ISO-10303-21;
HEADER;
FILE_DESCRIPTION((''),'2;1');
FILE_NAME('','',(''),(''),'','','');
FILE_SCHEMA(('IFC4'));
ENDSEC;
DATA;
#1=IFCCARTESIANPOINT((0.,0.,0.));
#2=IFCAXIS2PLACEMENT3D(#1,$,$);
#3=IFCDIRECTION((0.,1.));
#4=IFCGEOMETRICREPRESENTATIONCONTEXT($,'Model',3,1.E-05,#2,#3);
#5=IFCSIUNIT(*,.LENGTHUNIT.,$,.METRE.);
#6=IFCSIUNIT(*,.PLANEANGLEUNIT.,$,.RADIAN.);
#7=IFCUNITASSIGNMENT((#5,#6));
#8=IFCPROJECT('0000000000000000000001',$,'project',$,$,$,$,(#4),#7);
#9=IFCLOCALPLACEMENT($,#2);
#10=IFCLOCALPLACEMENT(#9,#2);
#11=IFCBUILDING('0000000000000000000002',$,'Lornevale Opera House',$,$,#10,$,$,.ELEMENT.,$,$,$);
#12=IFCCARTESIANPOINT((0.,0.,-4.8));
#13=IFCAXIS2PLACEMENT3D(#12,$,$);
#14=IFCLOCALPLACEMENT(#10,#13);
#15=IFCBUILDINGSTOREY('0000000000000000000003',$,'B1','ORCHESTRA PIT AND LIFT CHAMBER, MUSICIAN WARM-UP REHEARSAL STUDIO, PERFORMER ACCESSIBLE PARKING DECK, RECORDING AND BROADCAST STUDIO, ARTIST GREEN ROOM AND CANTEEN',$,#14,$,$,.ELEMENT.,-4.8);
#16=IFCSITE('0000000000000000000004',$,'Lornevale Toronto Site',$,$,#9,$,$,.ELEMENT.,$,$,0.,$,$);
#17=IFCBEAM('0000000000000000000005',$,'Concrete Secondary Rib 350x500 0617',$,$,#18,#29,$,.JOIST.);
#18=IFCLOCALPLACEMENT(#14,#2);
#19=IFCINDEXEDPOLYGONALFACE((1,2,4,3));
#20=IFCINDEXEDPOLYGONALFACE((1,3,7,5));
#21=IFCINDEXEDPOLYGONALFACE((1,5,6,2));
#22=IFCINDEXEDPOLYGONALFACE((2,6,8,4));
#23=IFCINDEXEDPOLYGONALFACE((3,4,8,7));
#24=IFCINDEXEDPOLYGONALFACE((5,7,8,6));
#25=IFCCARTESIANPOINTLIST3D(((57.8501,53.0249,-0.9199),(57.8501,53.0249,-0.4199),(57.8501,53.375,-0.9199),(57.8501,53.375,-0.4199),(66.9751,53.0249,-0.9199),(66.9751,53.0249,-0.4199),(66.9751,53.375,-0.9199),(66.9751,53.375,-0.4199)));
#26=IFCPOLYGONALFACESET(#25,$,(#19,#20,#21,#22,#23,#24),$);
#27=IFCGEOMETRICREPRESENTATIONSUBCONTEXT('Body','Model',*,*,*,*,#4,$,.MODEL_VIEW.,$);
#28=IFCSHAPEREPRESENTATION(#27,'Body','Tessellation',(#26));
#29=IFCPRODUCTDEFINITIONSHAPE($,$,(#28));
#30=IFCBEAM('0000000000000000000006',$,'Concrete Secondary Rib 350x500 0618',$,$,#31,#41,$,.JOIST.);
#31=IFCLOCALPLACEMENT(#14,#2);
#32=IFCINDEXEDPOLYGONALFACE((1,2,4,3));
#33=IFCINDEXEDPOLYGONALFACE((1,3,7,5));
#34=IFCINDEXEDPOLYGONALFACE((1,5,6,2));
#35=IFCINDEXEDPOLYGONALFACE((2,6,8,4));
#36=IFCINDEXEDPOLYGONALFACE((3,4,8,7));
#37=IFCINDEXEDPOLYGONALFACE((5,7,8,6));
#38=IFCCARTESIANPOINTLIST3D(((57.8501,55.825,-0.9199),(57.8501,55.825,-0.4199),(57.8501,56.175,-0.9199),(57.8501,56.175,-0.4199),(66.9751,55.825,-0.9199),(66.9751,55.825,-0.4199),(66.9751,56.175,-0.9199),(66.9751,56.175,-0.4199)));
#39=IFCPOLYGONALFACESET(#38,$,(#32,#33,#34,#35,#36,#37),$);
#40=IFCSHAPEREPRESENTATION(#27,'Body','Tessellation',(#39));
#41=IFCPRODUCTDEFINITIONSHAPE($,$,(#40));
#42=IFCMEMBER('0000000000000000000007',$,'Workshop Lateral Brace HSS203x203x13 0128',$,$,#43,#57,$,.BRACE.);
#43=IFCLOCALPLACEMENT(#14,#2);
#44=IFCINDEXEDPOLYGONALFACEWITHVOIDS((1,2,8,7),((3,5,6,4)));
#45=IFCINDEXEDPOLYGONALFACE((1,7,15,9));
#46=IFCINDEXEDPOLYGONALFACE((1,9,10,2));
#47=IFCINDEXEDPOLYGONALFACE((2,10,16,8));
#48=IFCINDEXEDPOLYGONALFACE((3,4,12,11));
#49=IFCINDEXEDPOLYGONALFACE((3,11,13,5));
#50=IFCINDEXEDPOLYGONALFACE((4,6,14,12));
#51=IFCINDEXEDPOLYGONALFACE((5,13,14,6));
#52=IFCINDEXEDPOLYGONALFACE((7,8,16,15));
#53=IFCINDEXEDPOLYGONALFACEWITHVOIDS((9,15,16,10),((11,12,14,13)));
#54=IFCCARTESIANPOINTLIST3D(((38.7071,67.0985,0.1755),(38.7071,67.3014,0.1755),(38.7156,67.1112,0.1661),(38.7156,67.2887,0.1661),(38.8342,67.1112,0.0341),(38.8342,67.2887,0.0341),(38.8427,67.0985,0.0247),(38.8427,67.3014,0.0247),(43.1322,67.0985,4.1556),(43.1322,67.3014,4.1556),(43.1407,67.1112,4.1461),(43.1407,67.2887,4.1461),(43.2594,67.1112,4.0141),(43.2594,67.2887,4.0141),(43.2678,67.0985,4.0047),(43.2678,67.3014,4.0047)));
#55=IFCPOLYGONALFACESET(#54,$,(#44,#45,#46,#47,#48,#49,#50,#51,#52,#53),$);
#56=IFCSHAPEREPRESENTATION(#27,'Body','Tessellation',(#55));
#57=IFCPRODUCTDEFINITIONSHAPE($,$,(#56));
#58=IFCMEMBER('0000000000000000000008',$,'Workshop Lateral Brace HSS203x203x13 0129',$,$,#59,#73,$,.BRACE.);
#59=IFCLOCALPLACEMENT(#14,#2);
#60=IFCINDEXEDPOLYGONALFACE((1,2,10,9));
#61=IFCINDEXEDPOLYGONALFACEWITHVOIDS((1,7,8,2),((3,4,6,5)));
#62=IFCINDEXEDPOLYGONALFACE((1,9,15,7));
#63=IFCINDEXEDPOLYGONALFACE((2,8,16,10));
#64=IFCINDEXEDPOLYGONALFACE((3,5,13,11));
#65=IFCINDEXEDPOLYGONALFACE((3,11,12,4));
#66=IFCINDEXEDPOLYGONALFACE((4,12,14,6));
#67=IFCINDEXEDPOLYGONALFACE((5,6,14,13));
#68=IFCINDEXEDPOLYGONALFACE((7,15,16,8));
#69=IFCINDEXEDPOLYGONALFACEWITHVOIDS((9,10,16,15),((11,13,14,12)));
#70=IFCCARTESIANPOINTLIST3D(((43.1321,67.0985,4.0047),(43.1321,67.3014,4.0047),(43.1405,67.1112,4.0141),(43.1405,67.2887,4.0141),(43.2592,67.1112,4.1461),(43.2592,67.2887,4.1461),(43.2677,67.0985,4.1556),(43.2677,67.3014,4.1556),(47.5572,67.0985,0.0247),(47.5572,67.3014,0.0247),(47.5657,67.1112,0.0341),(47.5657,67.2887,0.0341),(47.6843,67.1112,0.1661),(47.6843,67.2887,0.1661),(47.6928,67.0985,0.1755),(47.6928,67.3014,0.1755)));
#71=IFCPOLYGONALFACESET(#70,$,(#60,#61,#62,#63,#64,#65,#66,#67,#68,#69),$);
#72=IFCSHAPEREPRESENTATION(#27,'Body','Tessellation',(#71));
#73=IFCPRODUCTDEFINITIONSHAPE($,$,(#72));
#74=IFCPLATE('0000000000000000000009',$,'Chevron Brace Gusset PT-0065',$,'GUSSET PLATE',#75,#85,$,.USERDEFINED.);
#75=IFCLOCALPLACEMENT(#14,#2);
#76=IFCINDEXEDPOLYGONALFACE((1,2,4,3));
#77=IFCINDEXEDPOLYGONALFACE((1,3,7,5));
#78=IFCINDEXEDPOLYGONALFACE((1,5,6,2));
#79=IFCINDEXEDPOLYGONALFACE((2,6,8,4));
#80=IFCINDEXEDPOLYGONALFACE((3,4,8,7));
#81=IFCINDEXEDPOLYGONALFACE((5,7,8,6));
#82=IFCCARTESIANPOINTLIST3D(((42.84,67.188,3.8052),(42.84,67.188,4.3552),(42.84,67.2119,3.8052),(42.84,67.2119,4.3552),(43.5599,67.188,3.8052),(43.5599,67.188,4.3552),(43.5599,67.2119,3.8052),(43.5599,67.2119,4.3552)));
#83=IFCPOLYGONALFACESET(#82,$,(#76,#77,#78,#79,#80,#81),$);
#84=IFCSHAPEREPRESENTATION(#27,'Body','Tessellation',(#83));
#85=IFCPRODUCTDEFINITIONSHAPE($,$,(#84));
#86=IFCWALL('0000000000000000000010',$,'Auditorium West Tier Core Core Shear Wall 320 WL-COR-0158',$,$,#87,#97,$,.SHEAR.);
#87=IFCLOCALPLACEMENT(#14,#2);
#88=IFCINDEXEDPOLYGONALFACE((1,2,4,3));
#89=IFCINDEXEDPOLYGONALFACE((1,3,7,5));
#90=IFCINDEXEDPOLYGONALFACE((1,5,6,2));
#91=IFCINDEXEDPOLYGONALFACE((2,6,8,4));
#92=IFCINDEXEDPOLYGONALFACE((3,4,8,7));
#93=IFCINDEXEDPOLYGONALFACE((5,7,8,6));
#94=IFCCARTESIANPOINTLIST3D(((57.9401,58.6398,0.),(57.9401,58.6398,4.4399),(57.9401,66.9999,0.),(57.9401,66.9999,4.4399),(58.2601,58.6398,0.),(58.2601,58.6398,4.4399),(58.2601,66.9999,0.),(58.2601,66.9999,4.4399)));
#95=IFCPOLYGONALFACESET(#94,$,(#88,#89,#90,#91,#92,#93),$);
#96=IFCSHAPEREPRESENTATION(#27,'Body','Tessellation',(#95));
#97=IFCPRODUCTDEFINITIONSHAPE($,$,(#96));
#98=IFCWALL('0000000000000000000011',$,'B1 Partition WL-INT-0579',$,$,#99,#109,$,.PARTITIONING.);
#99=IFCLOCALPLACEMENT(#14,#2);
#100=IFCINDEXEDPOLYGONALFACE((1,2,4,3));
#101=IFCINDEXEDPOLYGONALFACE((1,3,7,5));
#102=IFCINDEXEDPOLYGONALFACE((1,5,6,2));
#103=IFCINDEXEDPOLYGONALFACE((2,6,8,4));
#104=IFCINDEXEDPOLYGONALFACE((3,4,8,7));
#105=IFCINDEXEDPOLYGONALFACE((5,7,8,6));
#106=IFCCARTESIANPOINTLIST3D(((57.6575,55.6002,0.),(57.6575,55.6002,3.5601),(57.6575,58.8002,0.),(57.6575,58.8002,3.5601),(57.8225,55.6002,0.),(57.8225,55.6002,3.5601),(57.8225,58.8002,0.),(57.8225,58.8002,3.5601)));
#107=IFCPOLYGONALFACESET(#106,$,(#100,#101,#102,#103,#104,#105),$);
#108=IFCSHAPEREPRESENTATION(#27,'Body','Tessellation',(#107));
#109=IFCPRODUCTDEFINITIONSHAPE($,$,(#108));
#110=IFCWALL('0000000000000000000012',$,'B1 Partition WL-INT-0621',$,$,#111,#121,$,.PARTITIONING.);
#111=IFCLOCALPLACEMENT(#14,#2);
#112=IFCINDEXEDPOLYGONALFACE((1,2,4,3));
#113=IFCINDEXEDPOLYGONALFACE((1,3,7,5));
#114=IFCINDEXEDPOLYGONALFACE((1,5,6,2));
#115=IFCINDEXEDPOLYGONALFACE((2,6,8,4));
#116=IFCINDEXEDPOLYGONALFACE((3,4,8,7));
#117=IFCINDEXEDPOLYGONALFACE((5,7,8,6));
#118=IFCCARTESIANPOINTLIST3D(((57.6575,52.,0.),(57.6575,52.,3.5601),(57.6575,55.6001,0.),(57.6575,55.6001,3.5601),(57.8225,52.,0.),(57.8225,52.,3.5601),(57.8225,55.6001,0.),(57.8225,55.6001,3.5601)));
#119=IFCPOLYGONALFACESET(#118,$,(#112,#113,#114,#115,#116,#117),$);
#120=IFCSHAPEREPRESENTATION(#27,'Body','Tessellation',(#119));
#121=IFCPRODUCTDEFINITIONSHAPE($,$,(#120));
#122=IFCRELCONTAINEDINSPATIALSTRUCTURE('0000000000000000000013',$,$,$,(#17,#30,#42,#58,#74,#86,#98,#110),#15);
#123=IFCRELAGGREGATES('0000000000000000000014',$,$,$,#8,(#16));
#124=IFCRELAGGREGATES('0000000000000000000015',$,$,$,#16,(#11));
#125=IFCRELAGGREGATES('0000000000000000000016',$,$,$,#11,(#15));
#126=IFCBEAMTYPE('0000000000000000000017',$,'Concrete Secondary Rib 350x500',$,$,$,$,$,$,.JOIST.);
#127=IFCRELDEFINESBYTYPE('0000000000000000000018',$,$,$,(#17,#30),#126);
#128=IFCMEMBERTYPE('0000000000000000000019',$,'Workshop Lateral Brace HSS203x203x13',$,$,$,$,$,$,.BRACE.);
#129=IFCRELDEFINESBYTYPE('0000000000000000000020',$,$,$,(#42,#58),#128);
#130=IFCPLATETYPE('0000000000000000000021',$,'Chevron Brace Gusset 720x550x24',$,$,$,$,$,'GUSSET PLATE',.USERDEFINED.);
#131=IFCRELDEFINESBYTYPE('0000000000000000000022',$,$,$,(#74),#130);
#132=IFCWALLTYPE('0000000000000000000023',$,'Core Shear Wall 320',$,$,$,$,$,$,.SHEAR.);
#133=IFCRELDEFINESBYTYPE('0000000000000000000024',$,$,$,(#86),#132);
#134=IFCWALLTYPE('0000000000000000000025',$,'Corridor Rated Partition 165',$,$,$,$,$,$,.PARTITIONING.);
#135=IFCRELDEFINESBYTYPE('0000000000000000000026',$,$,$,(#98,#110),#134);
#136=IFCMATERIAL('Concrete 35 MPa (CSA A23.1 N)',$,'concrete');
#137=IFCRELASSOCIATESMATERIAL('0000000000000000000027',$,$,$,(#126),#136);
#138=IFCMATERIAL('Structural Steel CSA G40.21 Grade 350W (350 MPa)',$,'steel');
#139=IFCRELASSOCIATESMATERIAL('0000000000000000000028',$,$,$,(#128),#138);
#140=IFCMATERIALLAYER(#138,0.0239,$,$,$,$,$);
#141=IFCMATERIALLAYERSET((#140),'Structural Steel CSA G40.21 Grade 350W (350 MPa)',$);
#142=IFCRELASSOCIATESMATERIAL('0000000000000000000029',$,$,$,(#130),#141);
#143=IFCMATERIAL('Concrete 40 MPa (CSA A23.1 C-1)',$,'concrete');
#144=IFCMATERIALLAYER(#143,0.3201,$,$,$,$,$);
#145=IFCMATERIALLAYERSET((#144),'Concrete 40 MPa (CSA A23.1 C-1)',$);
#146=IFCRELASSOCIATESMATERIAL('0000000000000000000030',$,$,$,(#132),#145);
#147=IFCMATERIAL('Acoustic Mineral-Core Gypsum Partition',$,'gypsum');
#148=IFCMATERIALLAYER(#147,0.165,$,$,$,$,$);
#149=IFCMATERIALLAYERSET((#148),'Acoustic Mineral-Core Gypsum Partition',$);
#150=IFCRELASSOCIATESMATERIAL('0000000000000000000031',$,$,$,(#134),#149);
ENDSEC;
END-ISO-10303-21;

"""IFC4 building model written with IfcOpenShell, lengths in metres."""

from ifc_helpers import new_model, si_unit, direction, frame, frame_2d, origin, origin_2d, place, context, subcontext, project, spatial, rectangle, hollow_rectangle, extrude, material, layer, layer_set, material_profile, profile_set, type_object, element, save


model = new_model("IFC4")

# Units and contexts
model_context = context("Model", 3, precision=1e-05, world=origin(), true_north=direction((0.0, 1.0)))
body_context = subcontext(model_context, "Body", "Model", "MODEL_VIEW")
ifc_project = project(units=[si_unit("LENGTHUNIT", "METRE"), si_unit("PLANEANGLEUNIT", "RADIAN")], contexts=[model_context])

# Site, building, storey
site_placement = place(None, origin())
site = spatial("IfcSite", under=ifc_project, at=site_placement, Name="Lornevale Toronto Site", CompositionType="ELEMENT", RefElevation=0.0)
building_placement = place(site_placement, origin())
building = spatial("IfcBuilding", under=site, at=building_placement, Name="Lornevale Opera House", CompositionType="ELEMENT")
storey_placement = place(building_placement, frame((0.0, 0.0, -4.8)))
storey = spatial("IfcBuildingStorey", under=building, at=storey_placement, Name="B1", Description="ORCHESTRA PIT AND LIFT CHAMBER, MUSICIAN WARM-UP REHEARSAL STUDIO, PERFORMER ACCESSIBLE PARKING DECK, RECORDING AND BROADCAST STUDIO, ARTIST GREEN ROOM AND CANTEEN", CompositionType="ELEMENT", Elevation=-4.8)

# Shared definitions
ifc_material_1 = material(Name="Concrete 40 MPa (CSA A23.1 C-1)", Category="concrete")

# Beams
ifc_material_2 = material(Name="Concrete 35 MPa (CSA A23.1 N)", Category="concrete")
ifc_material_profile_1 = material_profile(ifc_material_2, rectangle(XDim=0.3501, YDim=0.5, at=origin_2d()), Name="RC350x500")
ifc_profile_set_1 = profile_set([ifc_material_profile_1], Name="Concrete 35 MPa (CSA A23.1 N)")
beam_type_1 = type_object("IfcBeamType", Name="Concrete Secondary Rib 350x500", PredefinedType="JOIST", material=ifc_profile_set_1)
for number, where, z_axis, x_axis, name in (
    (1, (57.8501, 53.2, -0.6699), (1.0, 0.0, 0.0), (0.0, 1.0, 0.0), "Concrete Secondary Rib 350x500 0617"),
    (2, (57.8501, 56.0, -0.6699), (1.0, 0.0, 0.0), (0.0, 1.0, 0.0), "Concrete Secondary Rib 350x500 0618"),
):
    element("IfcBeam", number, at=place(storey_placement, frame(where, z_axis=z_axis, x_axis=x_axis)), inside=storey, type_object=beam_type_1, Name=name, PredefinedType="JOIST", context=body_context, shape_type="SweptSolid", body=[
        extrude(rectangle(XDim=0.3501, YDim=0.5, at=origin_2d()), origin(), (0.0, 0.0, 1.0), 9.125),
    ])

# Members
ifc_material_3 = material(Name="Structural Steel CSA G40.21 Grade 350W (350 MPa)", Category="steel")
ifc_material_profile_2 = material_profile(ifc_material_3, hollow_rectangle(XDim=0.2029, YDim=0.2029, WallThickness=0.0127, at=origin_2d()), Name="HSS203x203x13")
ifc_profile_set_2 = profile_set([ifc_material_profile_2], Name="Structural Steel CSA G40.21 Grade 350W (350 MPa)")
member_type = type_object("IfcMemberType", Name="Workshop Lateral Brace HSS203x203x13", PredefinedType="BRACE", material=ifc_profile_set_2)
for number, where, z_axis, x_axis, name in (
    (3, (38.7749, 67.2, 0.1001), (0.743508, 0.0, 0.668727), (0.0, 1.0, 0.0), "Workshop Lateral Brace HSS203x203x13 0128"),
    (4, (47.625, 67.2, 0.1001), (-0.743508, 0.0, 0.668727), (0.0, -1.0, 0.0), "Workshop Lateral Brace HSS203x203x13 0129"),
):
    element("IfcMember", number, at=place(storey_placement, frame(where, z_axis=z_axis, x_axis=x_axis)), inside=storey, type_object=member_type, Name=name, PredefinedType="BRACE", context=body_context, shape_type="SweptSolid", body=[
        extrude(hollow_rectangle(XDim=0.2029, YDim=0.2029, WallThickness=0.0127, at=origin_2d()), origin(), (0.0, 0.0, 1.0), 5.9517),
    ])

# Plate
ifc_layer_1 = layer(ifc_material_3, 0.0239)
ifc_layer_set_1 = layer_set([ifc_layer_1], Name="Structural Steel CSA G40.21 Grade 350W (350 MPa)")
plate_type = type_object("IfcPlateType", Name="Chevron Brace Gusset 720x550x24", ElementType="GUSSET PLATE", PredefinedType="USERDEFINED", material=ifc_layer_set_1)
plate_placement = place(storey_placement, frame((43.2, 67.2, 3.8052), z_axis=(0.0, 0.0, 1.0), x_axis=(1.0, 0.0, 0.0)))
element("IfcPlate", 5, at=plate_placement, inside=storey, type_object=plate_type, Name="Chevron Brace Gusset PT-0065", ObjectType="GUSSET PLATE", PredefinedType="USERDEFINED", context=body_context, shape_type="SweptSolid", body=[
    extrude(rectangle(XDim=0.72, YDim=0.0239, at=origin_2d()), origin(), (0.0, 0.0, 1.0), 0.55),
])

# Walls
ifc_layer_2 = layer(ifc_material_1, 0.3201)
ifc_layer_set_2 = layer_set([ifc_layer_2], Name="Concrete 40 MPa (CSA A23.1 C-1)")
wall_type_1 = type_object("IfcWallType", Name="Core Shear Wall 320", PredefinedType="SHEAR", material=ifc_layer_set_2)
wall_1_placement = place(storey_placement, frame((58.1001, 67.0, 0.0), z_axis=(0.0, 0.0, 1.0), x_axis=(0.0, -1.0, 0.0)))
element("IfcWall", 6, at=wall_1_placement, inside=storey, type_object=wall_type_1, Name="Auditorium West Tier Core Core Shear Wall 320 WL-COR-0158", PredefinedType="SHEAR", context=body_context, shape_type="SweptSolid", body=[
    extrude(rectangle(XDim=8.3601, YDim=0.3201, at=frame_2d((4.1802, 0.0))), origin(), (0.0, 0.0, 1.0), 4.4399),
])
ifc_material_4 = material(Name="Acoustic Mineral-Core Gypsum Partition", Category="gypsum")
ifc_layer_3 = layer(ifc_material_4, 0.165)
ifc_layer_set_3 = layer_set([ifc_layer_3], Name="Acoustic Mineral-Core Gypsum Partition")
wall_type_2 = type_object("IfcWallType", Name="Corridor Rated Partition 165", PredefinedType="PARTITIONING", material=ifc_layer_set_3)
wall_2_placement = place(storey_placement, frame((57.74, 55.6001, 0.0), z_axis=(0.0, 0.0, 1.0), x_axis=(0.0, 1.0, 0.0)))
element("IfcWall", 7, at=wall_2_placement, inside=storey, type_object=wall_type_2, Name="B1 Partition WL-INT-0579", PredefinedType="PARTITIONING", context=body_context, shape_type="SweptSolid", body=[
    extrude(rectangle(XDim=3.2, YDim=0.165, at=frame_2d((1.6001, 0.0))), origin(), (0.0, 0.0, 1.0), 3.5601),
])
wall_3_placement = place(storey_placement, frame((57.74, 52.0, 0.0), z_axis=(0.0, 0.0, 1.0), x_axis=(0.0, 1.0, 0.0)))
element("IfcWall", 8, at=wall_3_placement, inside=storey, type_object=wall_type_2, Name="B1 Partition WL-INT-0621", PredefinedType="PARTITIONING", context=body_context, shape_type="SweptSolid", body=[
    extrude(rectangle(XDim=3.6001, YDim=0.165, at=frame_2d((1.8, 0.0))), origin(), (0.0, 0.0, 1.0), 3.5601),
])

save(model, "model.ifc")
